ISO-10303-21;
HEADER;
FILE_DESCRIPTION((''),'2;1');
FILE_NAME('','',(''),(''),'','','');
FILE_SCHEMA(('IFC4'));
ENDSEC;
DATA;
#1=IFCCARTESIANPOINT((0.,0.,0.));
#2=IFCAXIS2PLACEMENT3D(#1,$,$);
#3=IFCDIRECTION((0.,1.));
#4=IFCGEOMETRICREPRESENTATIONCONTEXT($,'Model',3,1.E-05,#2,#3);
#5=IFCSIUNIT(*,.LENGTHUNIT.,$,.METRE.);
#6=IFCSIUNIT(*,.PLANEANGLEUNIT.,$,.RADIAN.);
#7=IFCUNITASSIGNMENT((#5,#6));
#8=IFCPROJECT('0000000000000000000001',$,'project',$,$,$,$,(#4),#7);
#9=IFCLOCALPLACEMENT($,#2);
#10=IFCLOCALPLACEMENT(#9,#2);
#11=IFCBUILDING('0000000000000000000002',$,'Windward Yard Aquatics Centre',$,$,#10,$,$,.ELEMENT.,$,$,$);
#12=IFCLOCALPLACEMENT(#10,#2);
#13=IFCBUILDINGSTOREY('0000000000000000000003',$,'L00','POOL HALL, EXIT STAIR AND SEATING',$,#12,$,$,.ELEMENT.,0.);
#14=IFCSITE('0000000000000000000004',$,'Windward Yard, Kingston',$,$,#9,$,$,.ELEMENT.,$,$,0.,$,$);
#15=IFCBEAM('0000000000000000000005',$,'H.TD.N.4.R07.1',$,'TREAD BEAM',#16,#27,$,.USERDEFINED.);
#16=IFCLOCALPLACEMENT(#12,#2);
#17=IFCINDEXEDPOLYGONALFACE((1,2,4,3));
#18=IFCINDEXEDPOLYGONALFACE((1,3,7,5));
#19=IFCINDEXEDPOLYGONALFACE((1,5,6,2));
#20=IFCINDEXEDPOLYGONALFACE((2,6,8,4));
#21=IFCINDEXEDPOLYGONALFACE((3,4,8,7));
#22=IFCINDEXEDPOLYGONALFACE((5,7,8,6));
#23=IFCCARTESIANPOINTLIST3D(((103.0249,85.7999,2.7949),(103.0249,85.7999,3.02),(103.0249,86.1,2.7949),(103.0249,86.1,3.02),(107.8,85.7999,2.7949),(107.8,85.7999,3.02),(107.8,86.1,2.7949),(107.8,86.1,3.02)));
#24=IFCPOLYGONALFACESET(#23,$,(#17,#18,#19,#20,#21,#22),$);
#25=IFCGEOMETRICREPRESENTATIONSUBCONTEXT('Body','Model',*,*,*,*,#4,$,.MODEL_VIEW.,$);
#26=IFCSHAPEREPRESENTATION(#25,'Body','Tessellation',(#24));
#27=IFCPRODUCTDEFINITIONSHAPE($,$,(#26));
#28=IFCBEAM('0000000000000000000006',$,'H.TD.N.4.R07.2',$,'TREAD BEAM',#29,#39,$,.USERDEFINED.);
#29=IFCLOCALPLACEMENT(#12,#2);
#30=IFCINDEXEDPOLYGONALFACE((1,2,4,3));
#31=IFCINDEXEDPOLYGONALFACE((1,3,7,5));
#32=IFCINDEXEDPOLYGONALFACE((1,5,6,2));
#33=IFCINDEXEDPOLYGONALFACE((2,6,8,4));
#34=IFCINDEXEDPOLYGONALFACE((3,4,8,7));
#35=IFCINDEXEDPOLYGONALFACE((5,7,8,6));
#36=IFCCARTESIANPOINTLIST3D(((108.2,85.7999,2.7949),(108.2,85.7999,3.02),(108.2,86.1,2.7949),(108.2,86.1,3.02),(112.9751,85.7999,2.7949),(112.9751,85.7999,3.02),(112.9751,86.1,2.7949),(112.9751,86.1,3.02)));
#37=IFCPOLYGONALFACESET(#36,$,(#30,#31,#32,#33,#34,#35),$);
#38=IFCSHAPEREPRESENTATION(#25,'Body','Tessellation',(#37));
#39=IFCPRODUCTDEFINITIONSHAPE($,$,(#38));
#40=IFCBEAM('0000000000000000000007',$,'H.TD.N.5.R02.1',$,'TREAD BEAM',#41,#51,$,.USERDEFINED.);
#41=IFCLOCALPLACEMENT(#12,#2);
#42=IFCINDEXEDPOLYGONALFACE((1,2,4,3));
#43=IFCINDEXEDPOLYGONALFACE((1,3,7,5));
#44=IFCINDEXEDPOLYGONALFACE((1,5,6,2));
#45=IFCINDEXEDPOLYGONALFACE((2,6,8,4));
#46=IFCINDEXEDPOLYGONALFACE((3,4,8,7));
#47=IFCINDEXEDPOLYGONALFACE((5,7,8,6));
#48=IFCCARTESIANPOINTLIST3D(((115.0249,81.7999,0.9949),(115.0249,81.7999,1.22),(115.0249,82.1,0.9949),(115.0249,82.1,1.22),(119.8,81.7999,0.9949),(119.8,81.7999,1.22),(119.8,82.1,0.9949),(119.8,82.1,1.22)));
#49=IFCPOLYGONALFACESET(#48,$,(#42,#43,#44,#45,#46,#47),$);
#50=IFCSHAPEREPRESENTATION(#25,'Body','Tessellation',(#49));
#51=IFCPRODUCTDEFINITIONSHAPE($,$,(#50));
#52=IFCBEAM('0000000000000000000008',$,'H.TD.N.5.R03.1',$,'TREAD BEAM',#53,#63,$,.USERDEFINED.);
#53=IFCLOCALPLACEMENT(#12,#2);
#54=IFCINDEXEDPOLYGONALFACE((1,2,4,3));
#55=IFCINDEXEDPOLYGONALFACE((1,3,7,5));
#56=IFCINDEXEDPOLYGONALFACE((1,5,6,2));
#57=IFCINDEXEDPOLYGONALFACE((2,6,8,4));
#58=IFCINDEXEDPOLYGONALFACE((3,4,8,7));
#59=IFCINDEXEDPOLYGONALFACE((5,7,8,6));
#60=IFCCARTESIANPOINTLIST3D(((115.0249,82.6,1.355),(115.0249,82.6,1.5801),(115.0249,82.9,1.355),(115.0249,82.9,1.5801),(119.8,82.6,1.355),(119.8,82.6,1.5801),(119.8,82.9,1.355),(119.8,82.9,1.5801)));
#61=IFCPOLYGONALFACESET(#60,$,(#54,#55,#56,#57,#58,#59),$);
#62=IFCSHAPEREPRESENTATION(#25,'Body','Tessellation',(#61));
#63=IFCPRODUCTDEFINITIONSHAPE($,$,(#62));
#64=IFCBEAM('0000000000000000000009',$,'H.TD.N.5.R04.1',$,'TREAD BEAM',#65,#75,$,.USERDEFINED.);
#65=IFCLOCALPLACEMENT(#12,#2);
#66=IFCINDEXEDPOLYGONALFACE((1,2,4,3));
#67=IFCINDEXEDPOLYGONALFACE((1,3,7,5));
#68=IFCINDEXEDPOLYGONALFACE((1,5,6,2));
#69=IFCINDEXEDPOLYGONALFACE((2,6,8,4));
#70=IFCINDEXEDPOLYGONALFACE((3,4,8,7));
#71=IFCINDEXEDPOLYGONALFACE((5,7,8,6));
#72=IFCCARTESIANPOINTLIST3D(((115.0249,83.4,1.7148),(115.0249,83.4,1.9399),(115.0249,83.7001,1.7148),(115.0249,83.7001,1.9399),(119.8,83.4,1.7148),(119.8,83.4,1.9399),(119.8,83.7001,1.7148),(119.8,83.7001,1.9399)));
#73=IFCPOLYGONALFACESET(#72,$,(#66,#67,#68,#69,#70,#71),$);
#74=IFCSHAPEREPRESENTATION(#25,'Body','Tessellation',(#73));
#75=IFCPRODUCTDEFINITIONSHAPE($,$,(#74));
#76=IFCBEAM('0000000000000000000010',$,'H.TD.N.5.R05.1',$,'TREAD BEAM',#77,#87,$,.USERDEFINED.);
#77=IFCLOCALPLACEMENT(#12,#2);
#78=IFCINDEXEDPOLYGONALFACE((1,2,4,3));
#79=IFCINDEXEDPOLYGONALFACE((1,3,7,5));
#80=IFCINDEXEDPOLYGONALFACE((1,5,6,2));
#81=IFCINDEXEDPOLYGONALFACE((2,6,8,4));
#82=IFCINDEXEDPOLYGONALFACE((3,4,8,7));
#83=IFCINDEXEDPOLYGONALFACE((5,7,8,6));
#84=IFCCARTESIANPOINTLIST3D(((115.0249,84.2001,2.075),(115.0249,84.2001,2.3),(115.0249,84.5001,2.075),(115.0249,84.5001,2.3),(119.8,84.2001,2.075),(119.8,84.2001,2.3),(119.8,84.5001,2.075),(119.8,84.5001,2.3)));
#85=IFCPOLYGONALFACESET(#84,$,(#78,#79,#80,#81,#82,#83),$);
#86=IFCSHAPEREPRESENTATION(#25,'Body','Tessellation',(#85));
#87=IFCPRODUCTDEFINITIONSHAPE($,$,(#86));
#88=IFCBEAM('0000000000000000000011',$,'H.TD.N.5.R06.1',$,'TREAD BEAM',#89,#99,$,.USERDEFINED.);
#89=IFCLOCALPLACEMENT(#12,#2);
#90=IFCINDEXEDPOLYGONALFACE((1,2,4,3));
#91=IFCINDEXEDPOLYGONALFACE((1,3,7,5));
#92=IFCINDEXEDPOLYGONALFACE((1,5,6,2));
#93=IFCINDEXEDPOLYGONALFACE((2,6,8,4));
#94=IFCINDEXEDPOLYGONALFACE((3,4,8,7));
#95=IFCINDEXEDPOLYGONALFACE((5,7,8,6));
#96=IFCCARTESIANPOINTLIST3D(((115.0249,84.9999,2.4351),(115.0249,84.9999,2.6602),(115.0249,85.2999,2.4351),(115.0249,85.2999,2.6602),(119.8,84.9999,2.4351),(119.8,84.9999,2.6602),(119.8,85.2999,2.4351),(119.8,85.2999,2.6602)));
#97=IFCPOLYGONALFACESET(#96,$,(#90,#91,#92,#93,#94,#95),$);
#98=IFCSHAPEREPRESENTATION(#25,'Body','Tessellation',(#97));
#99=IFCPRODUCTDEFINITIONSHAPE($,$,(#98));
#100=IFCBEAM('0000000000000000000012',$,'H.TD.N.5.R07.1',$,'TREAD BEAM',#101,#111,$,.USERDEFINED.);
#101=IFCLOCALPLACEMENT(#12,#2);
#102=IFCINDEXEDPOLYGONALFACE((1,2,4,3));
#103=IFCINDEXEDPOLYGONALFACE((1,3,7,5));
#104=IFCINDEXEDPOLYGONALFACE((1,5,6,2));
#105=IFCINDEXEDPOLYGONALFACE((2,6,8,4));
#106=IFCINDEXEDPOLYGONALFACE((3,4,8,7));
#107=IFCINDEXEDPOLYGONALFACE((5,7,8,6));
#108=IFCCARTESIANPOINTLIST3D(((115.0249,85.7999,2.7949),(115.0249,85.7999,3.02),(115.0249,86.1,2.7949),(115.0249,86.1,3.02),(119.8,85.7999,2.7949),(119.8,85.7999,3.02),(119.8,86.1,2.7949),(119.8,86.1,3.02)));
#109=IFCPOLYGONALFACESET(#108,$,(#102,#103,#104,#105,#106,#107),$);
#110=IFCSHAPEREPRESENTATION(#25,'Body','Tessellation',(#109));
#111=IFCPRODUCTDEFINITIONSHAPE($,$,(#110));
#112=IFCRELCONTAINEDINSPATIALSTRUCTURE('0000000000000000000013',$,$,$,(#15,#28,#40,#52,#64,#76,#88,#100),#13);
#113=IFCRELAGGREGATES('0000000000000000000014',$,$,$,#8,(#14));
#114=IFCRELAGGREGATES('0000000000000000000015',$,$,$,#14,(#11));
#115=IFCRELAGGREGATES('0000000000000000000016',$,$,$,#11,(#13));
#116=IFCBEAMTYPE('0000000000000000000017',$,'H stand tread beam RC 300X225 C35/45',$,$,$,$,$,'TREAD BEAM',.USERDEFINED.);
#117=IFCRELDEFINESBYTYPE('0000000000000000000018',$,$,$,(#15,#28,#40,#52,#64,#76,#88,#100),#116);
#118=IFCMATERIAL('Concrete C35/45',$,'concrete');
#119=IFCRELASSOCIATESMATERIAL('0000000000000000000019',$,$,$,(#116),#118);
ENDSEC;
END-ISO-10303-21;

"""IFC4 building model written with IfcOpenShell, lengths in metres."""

from ifc_helpers import new_model, si_unit, direction, frame, origin, origin_2d, place, context, subcontext, project, spatial, rectangle, extrude, material, material_profile, profile_set, type_object, element, save


model = new_model("IFC4")

# Units and contexts
model_context = context("Model", 3, precision=1e-05, world=origin(), true_north=direction((0.0, 1.0)))
body_context = subcontext(model_context, "Body", "Model", "MODEL_VIEW")
ifc_project = project(units=[si_unit("LENGTHUNIT", "METRE"), si_unit("PLANEANGLEUNIT", "RADIAN")], contexts=[model_context])

# Site, building, storey
site_placement = place(None, origin())
site = spatial("IfcSite", under=ifc_project, at=site_placement, Name="Windward Yard, Kingston", CompositionType="ELEMENT", RefElevation=0.0)
building_placement = place(site_placement, origin())
building = spatial("IfcBuilding", under=site, at=building_placement, Name="Windward Yard Aquatics Centre", CompositionType="ELEMENT")
storey_placement = place(building_placement, origin())
storey = spatial("IfcBuildingStorey", under=building, at=storey_placement, Name="L00", Description="POOL HALL, EXIT STAIR AND SEATING", CompositionType="ELEMENT", Elevation=0.0)

# Shared definitions
ifc_material_1 = material(Name="Concrete C35/45", Category="concrete")

# Beams
ifc_material_profile_1 = material_profile(ifc_material_1, rectangle(XDim=0.3, YDim=0.2251, at=origin_2d()), Name="RC 300X225")
ifc_profile_set_1 = profile_set([ifc_material_profile_1], Name="Concrete C35/45")
beam_type_1 = type_object("IfcBeamType", Name="H stand tread beam RC 300X225 C35/45", ElementType="TREAD BEAM", PredefinedType="USERDEFINED", material=ifc_profile_set_1)
for number, where, z_axis, x_axis, name in (
    (1, (103.0249, 85.95, 2.9075), (1.0, 0.0, 0.0), (0.0, 1.0, 0.0), "H.TD.N.4.R07.1"),
    (2, (108.2, 85.95, 2.9075), (1.0, 0.0, 0.0), (0.0, 1.0, 0.0), "H.TD.N.4.R07.2"),
    (3, (115.0249, 81.95, 1.1074), (1.0, 0.0, 0.0), (0.0, 1.0, 0.0), "H.TD.N.5.R02.1"),
    (4, (115.0249, 82.75, 1.4675), (1.0, 0.0, 0.0), (0.0, 1.0, 0.0), "H.TD.N.5.R03.1"),
    (5, (115.0249, 83.55, 1.8274), (1.0, 0.0, 0.0), (0.0, 1.0, 0.0), "H.TD.N.5.R04.1"),
    (6, (115.0249, 84.3501, 2.1875), (1.0, 0.0, 0.0), (0.0, 1.0, 0.0), "H.TD.N.5.R05.1"),
    (7, (115.0249, 85.1499, 2.5476), (1.0, 0.0, 0.0), (0.0, 1.0, 0.0), "H.TD.N.5.R06.1"),
    (8, (115.0249, 85.95, 2.9075), (1.0, 0.0, 0.0), (0.0, 1.0, 0.0), "H.TD.N.5.R07.1"),
):
    element("IfcBeam", number, at=place(storey_placement, frame(where, z_axis=z_axis, x_axis=x_axis)), inside=storey, type_object=beam_type_1, Name=name, ObjectType="TREAD BEAM", PredefinedType="USERDEFINED", context=body_context, shape_type="SweptSolid", body=[
        extrude(rectangle(XDim=0.3, YDim=0.2251, at=origin_2d()), origin(), (0.0, 0.0, 1.0), 4.7751),
    ])

save(model, "model.ifc")
